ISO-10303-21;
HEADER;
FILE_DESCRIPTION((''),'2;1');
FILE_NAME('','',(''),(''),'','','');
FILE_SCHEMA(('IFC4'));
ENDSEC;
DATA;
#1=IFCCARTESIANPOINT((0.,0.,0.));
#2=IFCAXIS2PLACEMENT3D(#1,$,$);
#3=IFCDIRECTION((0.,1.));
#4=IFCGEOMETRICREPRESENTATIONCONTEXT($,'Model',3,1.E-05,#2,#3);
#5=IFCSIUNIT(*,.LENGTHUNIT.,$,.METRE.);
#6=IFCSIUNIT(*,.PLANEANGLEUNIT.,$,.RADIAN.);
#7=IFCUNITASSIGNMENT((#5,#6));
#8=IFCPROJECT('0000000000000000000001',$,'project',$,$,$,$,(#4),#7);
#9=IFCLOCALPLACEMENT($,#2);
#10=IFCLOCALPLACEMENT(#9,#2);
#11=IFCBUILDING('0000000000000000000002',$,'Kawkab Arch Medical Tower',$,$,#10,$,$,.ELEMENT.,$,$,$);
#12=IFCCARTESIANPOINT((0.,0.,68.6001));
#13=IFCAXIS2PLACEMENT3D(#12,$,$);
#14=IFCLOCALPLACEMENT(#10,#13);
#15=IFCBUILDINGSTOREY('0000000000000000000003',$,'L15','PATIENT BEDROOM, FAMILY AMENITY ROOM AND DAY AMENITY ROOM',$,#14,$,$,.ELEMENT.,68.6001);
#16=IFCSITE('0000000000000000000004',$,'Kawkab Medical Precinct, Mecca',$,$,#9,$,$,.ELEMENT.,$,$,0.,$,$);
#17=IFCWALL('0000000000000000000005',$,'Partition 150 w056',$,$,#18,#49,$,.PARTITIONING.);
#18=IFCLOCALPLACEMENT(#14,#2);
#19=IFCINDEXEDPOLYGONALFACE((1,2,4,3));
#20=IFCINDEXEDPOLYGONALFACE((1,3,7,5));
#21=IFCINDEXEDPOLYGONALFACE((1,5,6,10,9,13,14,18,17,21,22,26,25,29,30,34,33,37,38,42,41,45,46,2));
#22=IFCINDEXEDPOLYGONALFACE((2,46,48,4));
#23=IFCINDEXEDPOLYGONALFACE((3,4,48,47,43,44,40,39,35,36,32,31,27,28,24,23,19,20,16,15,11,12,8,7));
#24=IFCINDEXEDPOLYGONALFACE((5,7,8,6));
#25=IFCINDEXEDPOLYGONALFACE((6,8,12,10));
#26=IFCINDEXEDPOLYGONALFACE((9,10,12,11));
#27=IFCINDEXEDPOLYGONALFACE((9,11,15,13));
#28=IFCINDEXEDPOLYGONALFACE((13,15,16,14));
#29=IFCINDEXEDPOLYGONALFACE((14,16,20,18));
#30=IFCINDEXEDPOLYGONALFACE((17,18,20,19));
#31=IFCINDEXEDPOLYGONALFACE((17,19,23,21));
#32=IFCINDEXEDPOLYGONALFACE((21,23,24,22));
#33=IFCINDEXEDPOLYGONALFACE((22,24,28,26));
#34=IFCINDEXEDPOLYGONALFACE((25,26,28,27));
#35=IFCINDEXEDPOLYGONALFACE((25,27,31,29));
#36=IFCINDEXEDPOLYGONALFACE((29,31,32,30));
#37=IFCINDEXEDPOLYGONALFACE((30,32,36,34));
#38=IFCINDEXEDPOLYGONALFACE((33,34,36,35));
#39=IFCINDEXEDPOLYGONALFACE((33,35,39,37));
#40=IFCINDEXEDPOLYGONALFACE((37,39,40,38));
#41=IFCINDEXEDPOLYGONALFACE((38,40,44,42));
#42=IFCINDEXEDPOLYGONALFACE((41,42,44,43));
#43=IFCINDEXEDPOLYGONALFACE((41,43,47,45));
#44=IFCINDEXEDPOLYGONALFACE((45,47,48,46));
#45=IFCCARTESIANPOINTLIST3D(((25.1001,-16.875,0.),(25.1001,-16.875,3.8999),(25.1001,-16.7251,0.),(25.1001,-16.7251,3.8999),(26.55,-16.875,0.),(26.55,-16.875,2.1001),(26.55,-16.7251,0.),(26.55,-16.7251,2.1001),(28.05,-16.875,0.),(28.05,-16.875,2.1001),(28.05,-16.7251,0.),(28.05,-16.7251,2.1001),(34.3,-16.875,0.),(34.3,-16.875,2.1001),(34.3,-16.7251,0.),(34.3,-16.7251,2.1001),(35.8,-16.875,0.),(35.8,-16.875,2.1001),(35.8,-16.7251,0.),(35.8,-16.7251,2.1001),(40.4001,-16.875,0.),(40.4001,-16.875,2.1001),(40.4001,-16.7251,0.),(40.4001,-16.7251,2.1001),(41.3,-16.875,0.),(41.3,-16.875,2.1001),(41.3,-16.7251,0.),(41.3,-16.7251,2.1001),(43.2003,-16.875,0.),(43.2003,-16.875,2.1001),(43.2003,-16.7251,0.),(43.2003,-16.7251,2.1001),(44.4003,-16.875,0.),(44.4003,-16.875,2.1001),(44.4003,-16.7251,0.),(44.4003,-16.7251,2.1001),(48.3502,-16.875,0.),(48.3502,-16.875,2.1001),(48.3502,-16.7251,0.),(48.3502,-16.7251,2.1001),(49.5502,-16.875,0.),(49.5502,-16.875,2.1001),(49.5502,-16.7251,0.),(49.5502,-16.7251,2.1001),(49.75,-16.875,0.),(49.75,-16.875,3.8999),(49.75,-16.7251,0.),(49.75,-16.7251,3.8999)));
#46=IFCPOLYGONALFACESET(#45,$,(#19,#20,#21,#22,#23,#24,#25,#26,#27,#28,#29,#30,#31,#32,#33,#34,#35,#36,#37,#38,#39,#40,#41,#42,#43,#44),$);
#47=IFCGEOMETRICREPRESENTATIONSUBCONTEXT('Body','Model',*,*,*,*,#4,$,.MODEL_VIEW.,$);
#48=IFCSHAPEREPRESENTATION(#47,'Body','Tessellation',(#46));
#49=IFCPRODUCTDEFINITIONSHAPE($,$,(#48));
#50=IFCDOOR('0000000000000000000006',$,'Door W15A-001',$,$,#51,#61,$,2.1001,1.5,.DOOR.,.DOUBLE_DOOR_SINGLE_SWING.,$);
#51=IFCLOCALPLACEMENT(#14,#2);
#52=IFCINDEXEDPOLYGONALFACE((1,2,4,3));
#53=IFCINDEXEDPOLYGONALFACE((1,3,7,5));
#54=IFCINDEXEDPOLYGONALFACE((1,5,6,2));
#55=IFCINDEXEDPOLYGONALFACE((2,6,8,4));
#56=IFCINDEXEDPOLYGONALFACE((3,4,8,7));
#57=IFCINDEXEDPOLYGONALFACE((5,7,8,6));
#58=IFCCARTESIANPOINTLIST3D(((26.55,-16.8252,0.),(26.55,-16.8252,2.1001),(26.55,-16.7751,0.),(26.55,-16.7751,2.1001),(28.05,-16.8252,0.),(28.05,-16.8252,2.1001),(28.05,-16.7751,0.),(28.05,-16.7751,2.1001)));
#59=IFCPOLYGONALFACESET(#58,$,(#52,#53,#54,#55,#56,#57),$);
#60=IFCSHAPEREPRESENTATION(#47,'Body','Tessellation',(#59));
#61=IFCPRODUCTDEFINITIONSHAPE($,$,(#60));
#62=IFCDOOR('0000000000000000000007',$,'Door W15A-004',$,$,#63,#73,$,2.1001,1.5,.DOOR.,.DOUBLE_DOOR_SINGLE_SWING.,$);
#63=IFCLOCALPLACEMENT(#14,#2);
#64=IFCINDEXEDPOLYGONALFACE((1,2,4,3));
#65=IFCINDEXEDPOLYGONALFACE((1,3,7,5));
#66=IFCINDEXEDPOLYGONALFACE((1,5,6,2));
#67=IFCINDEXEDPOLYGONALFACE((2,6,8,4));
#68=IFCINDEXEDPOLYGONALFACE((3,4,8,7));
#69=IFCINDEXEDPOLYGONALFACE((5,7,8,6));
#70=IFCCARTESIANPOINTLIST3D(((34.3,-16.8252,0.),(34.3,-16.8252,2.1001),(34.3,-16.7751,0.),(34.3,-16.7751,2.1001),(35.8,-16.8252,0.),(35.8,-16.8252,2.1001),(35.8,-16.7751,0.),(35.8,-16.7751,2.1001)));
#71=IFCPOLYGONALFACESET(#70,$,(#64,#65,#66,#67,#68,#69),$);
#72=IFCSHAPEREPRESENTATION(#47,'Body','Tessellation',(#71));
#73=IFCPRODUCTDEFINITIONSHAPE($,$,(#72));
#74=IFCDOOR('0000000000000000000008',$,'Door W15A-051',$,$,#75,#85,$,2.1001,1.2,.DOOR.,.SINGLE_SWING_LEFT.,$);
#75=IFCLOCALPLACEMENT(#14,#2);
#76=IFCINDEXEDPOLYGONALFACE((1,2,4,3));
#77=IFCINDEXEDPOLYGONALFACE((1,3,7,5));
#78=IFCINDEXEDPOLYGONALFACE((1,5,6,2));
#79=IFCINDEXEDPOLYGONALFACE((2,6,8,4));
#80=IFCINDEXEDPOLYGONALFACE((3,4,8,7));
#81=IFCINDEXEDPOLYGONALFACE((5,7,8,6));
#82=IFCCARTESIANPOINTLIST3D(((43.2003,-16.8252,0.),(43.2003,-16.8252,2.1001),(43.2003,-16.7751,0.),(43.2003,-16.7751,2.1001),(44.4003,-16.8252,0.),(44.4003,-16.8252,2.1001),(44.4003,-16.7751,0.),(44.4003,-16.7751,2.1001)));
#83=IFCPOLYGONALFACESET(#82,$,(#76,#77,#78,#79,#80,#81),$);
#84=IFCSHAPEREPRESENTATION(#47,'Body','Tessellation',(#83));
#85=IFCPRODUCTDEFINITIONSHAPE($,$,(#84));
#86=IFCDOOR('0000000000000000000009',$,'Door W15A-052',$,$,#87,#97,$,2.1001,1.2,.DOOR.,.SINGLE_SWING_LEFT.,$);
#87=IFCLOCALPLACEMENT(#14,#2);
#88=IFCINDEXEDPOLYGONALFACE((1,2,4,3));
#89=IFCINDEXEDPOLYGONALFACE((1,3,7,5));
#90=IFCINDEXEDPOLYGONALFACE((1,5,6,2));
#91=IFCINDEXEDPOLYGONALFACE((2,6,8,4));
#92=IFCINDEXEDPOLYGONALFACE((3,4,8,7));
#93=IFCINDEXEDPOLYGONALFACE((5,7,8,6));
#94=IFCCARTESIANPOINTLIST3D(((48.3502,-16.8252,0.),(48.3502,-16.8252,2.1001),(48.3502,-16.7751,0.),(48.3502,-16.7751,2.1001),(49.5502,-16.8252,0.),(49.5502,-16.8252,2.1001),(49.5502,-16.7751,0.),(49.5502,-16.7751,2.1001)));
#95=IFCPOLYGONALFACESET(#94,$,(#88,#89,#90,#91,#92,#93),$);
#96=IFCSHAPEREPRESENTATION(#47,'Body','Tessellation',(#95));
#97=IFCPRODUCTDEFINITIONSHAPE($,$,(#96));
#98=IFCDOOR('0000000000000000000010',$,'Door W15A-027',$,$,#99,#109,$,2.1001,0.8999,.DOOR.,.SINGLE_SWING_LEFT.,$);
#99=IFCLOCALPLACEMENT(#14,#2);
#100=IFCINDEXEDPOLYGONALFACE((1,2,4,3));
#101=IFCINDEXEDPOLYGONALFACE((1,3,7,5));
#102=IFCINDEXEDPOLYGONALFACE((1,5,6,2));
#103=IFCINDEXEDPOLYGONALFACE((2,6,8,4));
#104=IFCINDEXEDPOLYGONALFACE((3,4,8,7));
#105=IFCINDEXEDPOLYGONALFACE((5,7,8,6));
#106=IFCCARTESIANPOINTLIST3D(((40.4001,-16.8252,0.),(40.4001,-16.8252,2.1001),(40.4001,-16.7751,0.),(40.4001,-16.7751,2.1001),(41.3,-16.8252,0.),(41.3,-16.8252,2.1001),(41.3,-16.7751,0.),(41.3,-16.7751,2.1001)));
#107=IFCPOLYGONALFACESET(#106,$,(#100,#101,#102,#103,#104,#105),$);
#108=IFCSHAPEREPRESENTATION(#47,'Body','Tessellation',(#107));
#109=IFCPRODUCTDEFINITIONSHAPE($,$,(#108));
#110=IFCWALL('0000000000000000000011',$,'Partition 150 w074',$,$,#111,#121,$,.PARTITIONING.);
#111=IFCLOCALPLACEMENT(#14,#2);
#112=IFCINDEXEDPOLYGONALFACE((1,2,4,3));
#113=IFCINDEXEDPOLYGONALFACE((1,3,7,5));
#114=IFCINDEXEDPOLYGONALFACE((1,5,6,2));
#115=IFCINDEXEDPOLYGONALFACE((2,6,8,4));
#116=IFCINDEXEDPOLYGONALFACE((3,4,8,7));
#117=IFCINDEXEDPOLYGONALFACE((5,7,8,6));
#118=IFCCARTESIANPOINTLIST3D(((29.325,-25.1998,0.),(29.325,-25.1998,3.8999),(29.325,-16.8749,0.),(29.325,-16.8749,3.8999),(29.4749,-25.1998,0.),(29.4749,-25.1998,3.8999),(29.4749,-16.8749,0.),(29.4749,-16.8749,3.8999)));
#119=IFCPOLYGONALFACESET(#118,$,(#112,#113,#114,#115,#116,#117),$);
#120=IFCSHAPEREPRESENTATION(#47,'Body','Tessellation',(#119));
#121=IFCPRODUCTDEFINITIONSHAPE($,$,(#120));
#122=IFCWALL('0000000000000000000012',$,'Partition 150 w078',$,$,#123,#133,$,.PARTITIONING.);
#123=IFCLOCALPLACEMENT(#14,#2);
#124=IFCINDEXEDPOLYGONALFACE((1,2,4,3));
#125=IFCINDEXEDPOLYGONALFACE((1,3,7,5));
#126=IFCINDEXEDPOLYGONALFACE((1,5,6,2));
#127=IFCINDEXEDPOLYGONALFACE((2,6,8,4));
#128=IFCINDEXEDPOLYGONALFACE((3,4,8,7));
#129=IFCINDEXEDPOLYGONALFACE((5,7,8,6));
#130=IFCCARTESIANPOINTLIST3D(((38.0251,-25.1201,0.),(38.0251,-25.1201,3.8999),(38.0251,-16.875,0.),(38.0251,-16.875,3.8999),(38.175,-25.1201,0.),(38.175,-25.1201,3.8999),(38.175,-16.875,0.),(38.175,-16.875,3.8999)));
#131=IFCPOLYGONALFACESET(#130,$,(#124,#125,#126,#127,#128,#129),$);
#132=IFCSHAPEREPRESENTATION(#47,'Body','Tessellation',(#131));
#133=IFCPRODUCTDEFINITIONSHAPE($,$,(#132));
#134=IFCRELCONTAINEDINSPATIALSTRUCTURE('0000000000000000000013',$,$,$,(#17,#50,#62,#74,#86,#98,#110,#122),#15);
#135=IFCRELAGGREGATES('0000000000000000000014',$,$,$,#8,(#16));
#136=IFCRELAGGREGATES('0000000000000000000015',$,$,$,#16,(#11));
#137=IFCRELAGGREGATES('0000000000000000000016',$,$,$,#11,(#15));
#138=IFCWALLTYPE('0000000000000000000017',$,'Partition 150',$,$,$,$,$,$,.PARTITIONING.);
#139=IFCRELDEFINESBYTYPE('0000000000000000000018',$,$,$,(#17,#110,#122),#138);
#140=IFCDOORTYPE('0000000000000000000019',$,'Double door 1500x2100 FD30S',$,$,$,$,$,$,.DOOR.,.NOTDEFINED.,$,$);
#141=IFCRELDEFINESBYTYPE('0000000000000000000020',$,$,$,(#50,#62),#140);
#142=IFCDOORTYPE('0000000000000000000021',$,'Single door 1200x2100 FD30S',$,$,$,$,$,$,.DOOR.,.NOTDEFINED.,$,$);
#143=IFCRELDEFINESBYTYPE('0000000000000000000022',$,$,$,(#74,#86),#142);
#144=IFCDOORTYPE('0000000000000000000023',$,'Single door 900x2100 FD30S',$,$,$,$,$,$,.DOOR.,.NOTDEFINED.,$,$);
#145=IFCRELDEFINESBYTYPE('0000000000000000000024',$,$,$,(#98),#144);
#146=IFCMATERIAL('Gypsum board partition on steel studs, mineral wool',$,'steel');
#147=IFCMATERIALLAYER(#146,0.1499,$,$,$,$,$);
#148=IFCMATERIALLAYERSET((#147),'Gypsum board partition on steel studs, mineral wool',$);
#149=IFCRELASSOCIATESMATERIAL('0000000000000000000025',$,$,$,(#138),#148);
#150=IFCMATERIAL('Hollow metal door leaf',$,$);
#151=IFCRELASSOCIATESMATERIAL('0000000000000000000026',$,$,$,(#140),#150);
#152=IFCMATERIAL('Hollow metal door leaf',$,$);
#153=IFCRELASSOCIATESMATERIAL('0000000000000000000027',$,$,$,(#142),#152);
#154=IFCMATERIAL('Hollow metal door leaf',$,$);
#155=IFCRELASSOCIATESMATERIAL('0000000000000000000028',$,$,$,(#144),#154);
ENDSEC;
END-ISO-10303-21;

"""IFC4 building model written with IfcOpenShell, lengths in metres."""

from ifc_helpers import new_model, si_unit, direction, frame, frame_2d, origin, place, context, subcontext, project, spatial, rectangle, extrude, material, layer, layer_set, type_object, element, fill, save


model = new_model("IFC4")

# Units and contexts
model_context = context("Model", 3, precision=1e-05, world=origin(), true_north=direction((0.0, 1.0)))
body_context = subcontext(model_context, "Body", "Model", "MODEL_VIEW")
ifc_project = project(units=[si_unit("LENGTHUNIT", "METRE"), si_unit("PLANEANGLEUNIT", "RADIAN")], contexts=[model_context])

# Site, building, storey
site_placement = place(None, origin())
site = spatial("IfcSite", under=ifc_project, at=site_placement, Name="Kawkab Medical Precinct, Mecca", CompositionType="ELEMENT", RefElevation=0.0)
building_placement = place(site_placement, origin())
building = spatial("IfcBuilding", under=site, at=building_placement, Name="Kawkab Arch Medical Tower", CompositionType="ELEMENT")
storey_placement = place(building_placement, frame((0.0, 0.0, 68.6001)))
storey = spatial("IfcBuildingStorey", under=building, at=storey_placement, Name="L15", Description="PATIENT BEDROOM, FAMILY AMENITY ROOM AND DAY AMENITY ROOM", CompositionType="ELEMENT", Elevation=68.6001)

# Shared definitions
ifc_material_1 = material(Name="Gypsum board partition on steel studs, mineral wool", Category="steel")
ifc_layer_1 = layer(ifc_material_1, 0.1499)
ifc_layer_set_1 = layer_set([ifc_layer_1], Name="Gypsum board partition on steel studs, mineral wool")
wall_type_1 = type_object("IfcWallType", Name="Partition 150", PredefinedType="PARTITIONING", material=ifc_layer_set_1)

# Wall, openings, doors
wall_1_placement = place(storey_placement, frame((25.1001, -16.8, 0.0), z_axis=(0.0, 0.0, 1.0), x_axis=(1.0, 0.0, 0.0)))
wall_1 = element("IfcWall", 1, at=wall_1_placement, inside=storey, type_object=wall_type_1, Name="Partition 150 w056", PredefinedType="PARTITIONING", context=body_context, shape_type="SweptSolid", body=[
    extrude(rectangle(XDim=24.6499, YDim=0.1499, at=frame_2d((12.325, 0.0))), origin(), (0.0, 0.0, 1.0), 3.8999),
])
opening_1_placement = place(wall_1_placement, frame((1.45, 0.0, 0.0)))
opening_1 = element("IfcOpeningElement", 2, at=opening_1_placement, cuts=wall_1, PredefinedType="OPENING", context=body_context, shape_type="SweptSolid", body=[
    extrude(rectangle(XDim=1.5, YDim=2.1001, at=frame_2d((0.75, 1.05))), frame((0.0, 0.085, 0.0), z_axis=(0.0, -1.0, 0.0), x_axis=(1.0, 0.0, 0.0)), (0.0, 0.0, 1.0), 0.1699),
])
opening_2_placement = place(wall_1_placement, frame((9.2, 0.0, 0.0)))
opening_2 = element("IfcOpeningElement", 3, at=opening_2_placement, cuts=wall_1, PredefinedType="OPENING", context=body_context, shape_type="SweptSolid", body=[
    extrude(rectangle(XDim=1.5, YDim=2.1001, at=frame_2d((0.75, 1.05))), frame((0.0, 0.085, 0.0), z_axis=(0.0, -1.0, 0.0), x_axis=(1.0, 0.0, 0.0)), (0.0, 0.0, 1.0), 0.1699),
])
opening_3_placement = place(wall_1_placement, frame((18.1001, 0.0, 0.0)))
opening_3 = element("IfcOpeningElement", 4, at=opening_3_placement, cuts=wall_1, PredefinedType="OPENING", context=body_context, shape_type="SweptSolid", body=[
    extrude(rectangle(XDim=1.2, YDim=2.1001, at=frame_2d((0.6001, 1.05))), frame((0.0, 0.085, 0.0), z_axis=(0.0, -1.0, 0.0), x_axis=(1.0, 0.0, 0.0)), (0.0, 0.0, 1.0), 0.1699),
])
opening_4_placement = place(wall_1_placement, frame((15.3, 0.0, 0.0)))
opening_4 = element("IfcOpeningElement", 5, at=opening_4_placement, cuts=wall_1, PredefinedType="OPENING", context=body_context, shape_type="SweptSolid", body=[
    extrude(rectangle(XDim=0.8999, YDim=2.1001, at=frame_2d((0.45, 1.05))), frame((0.0, 0.085, 0.0), z_axis=(0.0, -1.0, 0.0), x_axis=(1.0, 0.0, 0.0)), (0.0, 0.0, 1.0), 0.1699),
])
opening_5_placement = place(wall_1_placement, frame((23.25, 0.0, 0.0)))
opening_5 = element("IfcOpeningElement", 6, at=opening_5_placement, cuts=wall_1, PredefinedType="OPENING", context=body_context, shape_type="SweptSolid", body=[
    extrude(rectangle(XDim=1.2, YDim=2.1001, at=frame_2d((0.6001, 1.05))), frame((0.0, 0.085, 0.0), z_axis=(0.0, -1.0, 0.0), x_axis=(1.0, 0.0, 0.0)), (0.0, 0.0, 1.0), 0.1699),
])
ifc_material_2 = material(Name="Hollow metal door leaf")
door_type_1 = type_object("IfcDoorType", Name="Double door 1500x2100 FD30S", OperationType="NOTDEFINED", PredefinedType="DOOR", material=ifc_material_2)
door_1_placement = place(opening_1_placement, origin())
door_1 = element("IfcDoor", 7, at=door_1_placement, inside=storey, type_object=door_type_1, Name="Door W15A-001", OperationType="DOUBLE_DOOR_SINGLE_SWING", OverallHeight=2.1001, OverallWidth=1.5, PredefinedType="DOOR", context=body_context, shape_type="SweptSolid", body=[
    extrude(rectangle(XDim=1.5, YDim=2.1001, at=frame_2d((0.75, 1.05))), frame((0.0, 0.0249, 0.0), z_axis=(0.0, -1.0, 0.0), x_axis=(1.0, 0.0, 0.0)), (0.0, 0.0, 1.0), 0.05),
])
fill(opening_1, door_1)
door_2_placement = place(opening_2_placement, origin())
door_2 = element("IfcDoor", 8, at=door_2_placement, inside=storey, type_object=door_type_1, Name="Door W15A-004", OperationType="DOUBLE_DOOR_SINGLE_SWING", OverallHeight=2.1001, OverallWidth=1.5, PredefinedType="DOOR", context=body_context, shape_type="SweptSolid", body=[
    extrude(rectangle(XDim=1.5, YDim=2.1001, at=frame_2d((0.75, 1.05))), frame((0.0, 0.0249, 0.0), z_axis=(0.0, -1.0, 0.0), x_axis=(1.0, 0.0, 0.0)), (0.0, 0.0, 1.0), 0.05),
])
fill(opening_2, door_2)
ifc_material_3 = material(Name="Hollow metal door leaf")
door_type_2 = type_object("IfcDoorType", Name="Single door 1200x2100 FD30S", OperationType="NOTDEFINED", PredefinedType="DOOR", material=ifc_material_3)
door_3_placement = place(opening_3_placement, origin())
door_3 = element("IfcDoor", 9, at=door_3_placement, inside=storey, type_object=door_type_2, Name="Door W15A-051", OperationType="SINGLE_SWING_LEFT", OverallHeight=2.1001, OverallWidth=1.2, PredefinedType="DOOR", context=body_context, shape_type="SweptSolid", body=[
    extrude(rectangle(XDim=1.2, YDim=2.1001, at=frame_2d((0.6001, 1.05))), frame((0.0, 0.0249, 0.0), z_axis=(0.0, -1.0, 0.0), x_axis=(1.0, 0.0, 0.0)), (0.0, 0.0, 1.0), 0.05),
])
fill(opening_3, door_3)
door_4_placement = place(opening_5_placement, origin())
door_4 = element("IfcDoor", 10, at=door_4_placement, inside=storey, type_object=door_type_2, Name="Door W15A-052", OperationType="SINGLE_SWING_LEFT", OverallHeight=2.1001, OverallWidth=1.2, PredefinedType="DOOR", context=body_context, shape_type="SweptSolid", body=[
    extrude(rectangle(XDim=1.2, YDim=2.1001, at=frame_2d((0.6001, 1.05))), frame((0.0, 0.0249, 0.0), z_axis=(0.0, -1.0, 0.0), x_axis=(1.0, 0.0, 0.0)), (0.0, 0.0, 1.0), 0.05),
])
fill(opening_5, door_4)
ifc_material_4 = material(Name="Hollow metal door leaf")
door_type_3 = type_object("IfcDoorType", Name="Single door 900x2100 FD30S", OperationType="NOTDEFINED", PredefinedType="DOOR", material=ifc_material_4)
door_5_placement = place(opening_4_placement, origin())
door_5 = element("IfcDoor", 11, at=door_5_placement, inside=storey, type_object=door_type_3, Name="Door W15A-027", OperationType="SINGLE_SWING_LEFT", OverallHeight=2.1001, OverallWidth=0.8999, PredefinedType="DOOR", context=body_context, shape_type="SweptSolid", body=[
    extrude(rectangle(XDim=0.8999, YDim=2.1001, at=frame_2d((0.45, 1.05))), frame((0.0, 0.0249, 0.0), z_axis=(0.0, -1.0, 0.0), x_axis=(1.0, 0.0, 0.0)), (0.0, 0.0, 1.0), 0.05),
])
fill(opening_4, door_5)

# Walls
wall_2_placement = place(storey_placement, frame((29.3999, -25.2, 0.0), z_axis=(0.0, 0.0, 1.0), x_axis=(0.0, 1.0, 0.0)))
element("IfcWall", 12, at=wall_2_placement, inside=storey, type_object=wall_type_1, Name="Partition 150 w074", PredefinedType="PARTITIONING", context=body_context, shape_type="SweptSolid", body=[
    extrude(rectangle(XDim=8.325, YDim=0.1499, at=frame_2d((4.1626, 0.0))), origin(), (0.0, 0.0, 1.0), 3.8999),
])
wall_3_placement = place(storey_placement, frame((38.1001, -25.1201, 0.0), z_axis=(0.0, 0.0, 1.0), x_axis=(0.0, 1.0, 0.0)))
element("IfcWall", 13, at=wall_3_placement, inside=storey, type_object=wall_type_1, Name="Partition 150 w078", PredefinedType="PARTITIONING", context=body_context, shape_type="SweptSolid", body=[
    extrude(rectangle(XDim=8.2451, YDim=0.1499, at=frame_2d((4.1226, 0.0))), origin(), (0.0, 0.0, 1.0), 3.8999),
])

save(model, "model.ifc")
